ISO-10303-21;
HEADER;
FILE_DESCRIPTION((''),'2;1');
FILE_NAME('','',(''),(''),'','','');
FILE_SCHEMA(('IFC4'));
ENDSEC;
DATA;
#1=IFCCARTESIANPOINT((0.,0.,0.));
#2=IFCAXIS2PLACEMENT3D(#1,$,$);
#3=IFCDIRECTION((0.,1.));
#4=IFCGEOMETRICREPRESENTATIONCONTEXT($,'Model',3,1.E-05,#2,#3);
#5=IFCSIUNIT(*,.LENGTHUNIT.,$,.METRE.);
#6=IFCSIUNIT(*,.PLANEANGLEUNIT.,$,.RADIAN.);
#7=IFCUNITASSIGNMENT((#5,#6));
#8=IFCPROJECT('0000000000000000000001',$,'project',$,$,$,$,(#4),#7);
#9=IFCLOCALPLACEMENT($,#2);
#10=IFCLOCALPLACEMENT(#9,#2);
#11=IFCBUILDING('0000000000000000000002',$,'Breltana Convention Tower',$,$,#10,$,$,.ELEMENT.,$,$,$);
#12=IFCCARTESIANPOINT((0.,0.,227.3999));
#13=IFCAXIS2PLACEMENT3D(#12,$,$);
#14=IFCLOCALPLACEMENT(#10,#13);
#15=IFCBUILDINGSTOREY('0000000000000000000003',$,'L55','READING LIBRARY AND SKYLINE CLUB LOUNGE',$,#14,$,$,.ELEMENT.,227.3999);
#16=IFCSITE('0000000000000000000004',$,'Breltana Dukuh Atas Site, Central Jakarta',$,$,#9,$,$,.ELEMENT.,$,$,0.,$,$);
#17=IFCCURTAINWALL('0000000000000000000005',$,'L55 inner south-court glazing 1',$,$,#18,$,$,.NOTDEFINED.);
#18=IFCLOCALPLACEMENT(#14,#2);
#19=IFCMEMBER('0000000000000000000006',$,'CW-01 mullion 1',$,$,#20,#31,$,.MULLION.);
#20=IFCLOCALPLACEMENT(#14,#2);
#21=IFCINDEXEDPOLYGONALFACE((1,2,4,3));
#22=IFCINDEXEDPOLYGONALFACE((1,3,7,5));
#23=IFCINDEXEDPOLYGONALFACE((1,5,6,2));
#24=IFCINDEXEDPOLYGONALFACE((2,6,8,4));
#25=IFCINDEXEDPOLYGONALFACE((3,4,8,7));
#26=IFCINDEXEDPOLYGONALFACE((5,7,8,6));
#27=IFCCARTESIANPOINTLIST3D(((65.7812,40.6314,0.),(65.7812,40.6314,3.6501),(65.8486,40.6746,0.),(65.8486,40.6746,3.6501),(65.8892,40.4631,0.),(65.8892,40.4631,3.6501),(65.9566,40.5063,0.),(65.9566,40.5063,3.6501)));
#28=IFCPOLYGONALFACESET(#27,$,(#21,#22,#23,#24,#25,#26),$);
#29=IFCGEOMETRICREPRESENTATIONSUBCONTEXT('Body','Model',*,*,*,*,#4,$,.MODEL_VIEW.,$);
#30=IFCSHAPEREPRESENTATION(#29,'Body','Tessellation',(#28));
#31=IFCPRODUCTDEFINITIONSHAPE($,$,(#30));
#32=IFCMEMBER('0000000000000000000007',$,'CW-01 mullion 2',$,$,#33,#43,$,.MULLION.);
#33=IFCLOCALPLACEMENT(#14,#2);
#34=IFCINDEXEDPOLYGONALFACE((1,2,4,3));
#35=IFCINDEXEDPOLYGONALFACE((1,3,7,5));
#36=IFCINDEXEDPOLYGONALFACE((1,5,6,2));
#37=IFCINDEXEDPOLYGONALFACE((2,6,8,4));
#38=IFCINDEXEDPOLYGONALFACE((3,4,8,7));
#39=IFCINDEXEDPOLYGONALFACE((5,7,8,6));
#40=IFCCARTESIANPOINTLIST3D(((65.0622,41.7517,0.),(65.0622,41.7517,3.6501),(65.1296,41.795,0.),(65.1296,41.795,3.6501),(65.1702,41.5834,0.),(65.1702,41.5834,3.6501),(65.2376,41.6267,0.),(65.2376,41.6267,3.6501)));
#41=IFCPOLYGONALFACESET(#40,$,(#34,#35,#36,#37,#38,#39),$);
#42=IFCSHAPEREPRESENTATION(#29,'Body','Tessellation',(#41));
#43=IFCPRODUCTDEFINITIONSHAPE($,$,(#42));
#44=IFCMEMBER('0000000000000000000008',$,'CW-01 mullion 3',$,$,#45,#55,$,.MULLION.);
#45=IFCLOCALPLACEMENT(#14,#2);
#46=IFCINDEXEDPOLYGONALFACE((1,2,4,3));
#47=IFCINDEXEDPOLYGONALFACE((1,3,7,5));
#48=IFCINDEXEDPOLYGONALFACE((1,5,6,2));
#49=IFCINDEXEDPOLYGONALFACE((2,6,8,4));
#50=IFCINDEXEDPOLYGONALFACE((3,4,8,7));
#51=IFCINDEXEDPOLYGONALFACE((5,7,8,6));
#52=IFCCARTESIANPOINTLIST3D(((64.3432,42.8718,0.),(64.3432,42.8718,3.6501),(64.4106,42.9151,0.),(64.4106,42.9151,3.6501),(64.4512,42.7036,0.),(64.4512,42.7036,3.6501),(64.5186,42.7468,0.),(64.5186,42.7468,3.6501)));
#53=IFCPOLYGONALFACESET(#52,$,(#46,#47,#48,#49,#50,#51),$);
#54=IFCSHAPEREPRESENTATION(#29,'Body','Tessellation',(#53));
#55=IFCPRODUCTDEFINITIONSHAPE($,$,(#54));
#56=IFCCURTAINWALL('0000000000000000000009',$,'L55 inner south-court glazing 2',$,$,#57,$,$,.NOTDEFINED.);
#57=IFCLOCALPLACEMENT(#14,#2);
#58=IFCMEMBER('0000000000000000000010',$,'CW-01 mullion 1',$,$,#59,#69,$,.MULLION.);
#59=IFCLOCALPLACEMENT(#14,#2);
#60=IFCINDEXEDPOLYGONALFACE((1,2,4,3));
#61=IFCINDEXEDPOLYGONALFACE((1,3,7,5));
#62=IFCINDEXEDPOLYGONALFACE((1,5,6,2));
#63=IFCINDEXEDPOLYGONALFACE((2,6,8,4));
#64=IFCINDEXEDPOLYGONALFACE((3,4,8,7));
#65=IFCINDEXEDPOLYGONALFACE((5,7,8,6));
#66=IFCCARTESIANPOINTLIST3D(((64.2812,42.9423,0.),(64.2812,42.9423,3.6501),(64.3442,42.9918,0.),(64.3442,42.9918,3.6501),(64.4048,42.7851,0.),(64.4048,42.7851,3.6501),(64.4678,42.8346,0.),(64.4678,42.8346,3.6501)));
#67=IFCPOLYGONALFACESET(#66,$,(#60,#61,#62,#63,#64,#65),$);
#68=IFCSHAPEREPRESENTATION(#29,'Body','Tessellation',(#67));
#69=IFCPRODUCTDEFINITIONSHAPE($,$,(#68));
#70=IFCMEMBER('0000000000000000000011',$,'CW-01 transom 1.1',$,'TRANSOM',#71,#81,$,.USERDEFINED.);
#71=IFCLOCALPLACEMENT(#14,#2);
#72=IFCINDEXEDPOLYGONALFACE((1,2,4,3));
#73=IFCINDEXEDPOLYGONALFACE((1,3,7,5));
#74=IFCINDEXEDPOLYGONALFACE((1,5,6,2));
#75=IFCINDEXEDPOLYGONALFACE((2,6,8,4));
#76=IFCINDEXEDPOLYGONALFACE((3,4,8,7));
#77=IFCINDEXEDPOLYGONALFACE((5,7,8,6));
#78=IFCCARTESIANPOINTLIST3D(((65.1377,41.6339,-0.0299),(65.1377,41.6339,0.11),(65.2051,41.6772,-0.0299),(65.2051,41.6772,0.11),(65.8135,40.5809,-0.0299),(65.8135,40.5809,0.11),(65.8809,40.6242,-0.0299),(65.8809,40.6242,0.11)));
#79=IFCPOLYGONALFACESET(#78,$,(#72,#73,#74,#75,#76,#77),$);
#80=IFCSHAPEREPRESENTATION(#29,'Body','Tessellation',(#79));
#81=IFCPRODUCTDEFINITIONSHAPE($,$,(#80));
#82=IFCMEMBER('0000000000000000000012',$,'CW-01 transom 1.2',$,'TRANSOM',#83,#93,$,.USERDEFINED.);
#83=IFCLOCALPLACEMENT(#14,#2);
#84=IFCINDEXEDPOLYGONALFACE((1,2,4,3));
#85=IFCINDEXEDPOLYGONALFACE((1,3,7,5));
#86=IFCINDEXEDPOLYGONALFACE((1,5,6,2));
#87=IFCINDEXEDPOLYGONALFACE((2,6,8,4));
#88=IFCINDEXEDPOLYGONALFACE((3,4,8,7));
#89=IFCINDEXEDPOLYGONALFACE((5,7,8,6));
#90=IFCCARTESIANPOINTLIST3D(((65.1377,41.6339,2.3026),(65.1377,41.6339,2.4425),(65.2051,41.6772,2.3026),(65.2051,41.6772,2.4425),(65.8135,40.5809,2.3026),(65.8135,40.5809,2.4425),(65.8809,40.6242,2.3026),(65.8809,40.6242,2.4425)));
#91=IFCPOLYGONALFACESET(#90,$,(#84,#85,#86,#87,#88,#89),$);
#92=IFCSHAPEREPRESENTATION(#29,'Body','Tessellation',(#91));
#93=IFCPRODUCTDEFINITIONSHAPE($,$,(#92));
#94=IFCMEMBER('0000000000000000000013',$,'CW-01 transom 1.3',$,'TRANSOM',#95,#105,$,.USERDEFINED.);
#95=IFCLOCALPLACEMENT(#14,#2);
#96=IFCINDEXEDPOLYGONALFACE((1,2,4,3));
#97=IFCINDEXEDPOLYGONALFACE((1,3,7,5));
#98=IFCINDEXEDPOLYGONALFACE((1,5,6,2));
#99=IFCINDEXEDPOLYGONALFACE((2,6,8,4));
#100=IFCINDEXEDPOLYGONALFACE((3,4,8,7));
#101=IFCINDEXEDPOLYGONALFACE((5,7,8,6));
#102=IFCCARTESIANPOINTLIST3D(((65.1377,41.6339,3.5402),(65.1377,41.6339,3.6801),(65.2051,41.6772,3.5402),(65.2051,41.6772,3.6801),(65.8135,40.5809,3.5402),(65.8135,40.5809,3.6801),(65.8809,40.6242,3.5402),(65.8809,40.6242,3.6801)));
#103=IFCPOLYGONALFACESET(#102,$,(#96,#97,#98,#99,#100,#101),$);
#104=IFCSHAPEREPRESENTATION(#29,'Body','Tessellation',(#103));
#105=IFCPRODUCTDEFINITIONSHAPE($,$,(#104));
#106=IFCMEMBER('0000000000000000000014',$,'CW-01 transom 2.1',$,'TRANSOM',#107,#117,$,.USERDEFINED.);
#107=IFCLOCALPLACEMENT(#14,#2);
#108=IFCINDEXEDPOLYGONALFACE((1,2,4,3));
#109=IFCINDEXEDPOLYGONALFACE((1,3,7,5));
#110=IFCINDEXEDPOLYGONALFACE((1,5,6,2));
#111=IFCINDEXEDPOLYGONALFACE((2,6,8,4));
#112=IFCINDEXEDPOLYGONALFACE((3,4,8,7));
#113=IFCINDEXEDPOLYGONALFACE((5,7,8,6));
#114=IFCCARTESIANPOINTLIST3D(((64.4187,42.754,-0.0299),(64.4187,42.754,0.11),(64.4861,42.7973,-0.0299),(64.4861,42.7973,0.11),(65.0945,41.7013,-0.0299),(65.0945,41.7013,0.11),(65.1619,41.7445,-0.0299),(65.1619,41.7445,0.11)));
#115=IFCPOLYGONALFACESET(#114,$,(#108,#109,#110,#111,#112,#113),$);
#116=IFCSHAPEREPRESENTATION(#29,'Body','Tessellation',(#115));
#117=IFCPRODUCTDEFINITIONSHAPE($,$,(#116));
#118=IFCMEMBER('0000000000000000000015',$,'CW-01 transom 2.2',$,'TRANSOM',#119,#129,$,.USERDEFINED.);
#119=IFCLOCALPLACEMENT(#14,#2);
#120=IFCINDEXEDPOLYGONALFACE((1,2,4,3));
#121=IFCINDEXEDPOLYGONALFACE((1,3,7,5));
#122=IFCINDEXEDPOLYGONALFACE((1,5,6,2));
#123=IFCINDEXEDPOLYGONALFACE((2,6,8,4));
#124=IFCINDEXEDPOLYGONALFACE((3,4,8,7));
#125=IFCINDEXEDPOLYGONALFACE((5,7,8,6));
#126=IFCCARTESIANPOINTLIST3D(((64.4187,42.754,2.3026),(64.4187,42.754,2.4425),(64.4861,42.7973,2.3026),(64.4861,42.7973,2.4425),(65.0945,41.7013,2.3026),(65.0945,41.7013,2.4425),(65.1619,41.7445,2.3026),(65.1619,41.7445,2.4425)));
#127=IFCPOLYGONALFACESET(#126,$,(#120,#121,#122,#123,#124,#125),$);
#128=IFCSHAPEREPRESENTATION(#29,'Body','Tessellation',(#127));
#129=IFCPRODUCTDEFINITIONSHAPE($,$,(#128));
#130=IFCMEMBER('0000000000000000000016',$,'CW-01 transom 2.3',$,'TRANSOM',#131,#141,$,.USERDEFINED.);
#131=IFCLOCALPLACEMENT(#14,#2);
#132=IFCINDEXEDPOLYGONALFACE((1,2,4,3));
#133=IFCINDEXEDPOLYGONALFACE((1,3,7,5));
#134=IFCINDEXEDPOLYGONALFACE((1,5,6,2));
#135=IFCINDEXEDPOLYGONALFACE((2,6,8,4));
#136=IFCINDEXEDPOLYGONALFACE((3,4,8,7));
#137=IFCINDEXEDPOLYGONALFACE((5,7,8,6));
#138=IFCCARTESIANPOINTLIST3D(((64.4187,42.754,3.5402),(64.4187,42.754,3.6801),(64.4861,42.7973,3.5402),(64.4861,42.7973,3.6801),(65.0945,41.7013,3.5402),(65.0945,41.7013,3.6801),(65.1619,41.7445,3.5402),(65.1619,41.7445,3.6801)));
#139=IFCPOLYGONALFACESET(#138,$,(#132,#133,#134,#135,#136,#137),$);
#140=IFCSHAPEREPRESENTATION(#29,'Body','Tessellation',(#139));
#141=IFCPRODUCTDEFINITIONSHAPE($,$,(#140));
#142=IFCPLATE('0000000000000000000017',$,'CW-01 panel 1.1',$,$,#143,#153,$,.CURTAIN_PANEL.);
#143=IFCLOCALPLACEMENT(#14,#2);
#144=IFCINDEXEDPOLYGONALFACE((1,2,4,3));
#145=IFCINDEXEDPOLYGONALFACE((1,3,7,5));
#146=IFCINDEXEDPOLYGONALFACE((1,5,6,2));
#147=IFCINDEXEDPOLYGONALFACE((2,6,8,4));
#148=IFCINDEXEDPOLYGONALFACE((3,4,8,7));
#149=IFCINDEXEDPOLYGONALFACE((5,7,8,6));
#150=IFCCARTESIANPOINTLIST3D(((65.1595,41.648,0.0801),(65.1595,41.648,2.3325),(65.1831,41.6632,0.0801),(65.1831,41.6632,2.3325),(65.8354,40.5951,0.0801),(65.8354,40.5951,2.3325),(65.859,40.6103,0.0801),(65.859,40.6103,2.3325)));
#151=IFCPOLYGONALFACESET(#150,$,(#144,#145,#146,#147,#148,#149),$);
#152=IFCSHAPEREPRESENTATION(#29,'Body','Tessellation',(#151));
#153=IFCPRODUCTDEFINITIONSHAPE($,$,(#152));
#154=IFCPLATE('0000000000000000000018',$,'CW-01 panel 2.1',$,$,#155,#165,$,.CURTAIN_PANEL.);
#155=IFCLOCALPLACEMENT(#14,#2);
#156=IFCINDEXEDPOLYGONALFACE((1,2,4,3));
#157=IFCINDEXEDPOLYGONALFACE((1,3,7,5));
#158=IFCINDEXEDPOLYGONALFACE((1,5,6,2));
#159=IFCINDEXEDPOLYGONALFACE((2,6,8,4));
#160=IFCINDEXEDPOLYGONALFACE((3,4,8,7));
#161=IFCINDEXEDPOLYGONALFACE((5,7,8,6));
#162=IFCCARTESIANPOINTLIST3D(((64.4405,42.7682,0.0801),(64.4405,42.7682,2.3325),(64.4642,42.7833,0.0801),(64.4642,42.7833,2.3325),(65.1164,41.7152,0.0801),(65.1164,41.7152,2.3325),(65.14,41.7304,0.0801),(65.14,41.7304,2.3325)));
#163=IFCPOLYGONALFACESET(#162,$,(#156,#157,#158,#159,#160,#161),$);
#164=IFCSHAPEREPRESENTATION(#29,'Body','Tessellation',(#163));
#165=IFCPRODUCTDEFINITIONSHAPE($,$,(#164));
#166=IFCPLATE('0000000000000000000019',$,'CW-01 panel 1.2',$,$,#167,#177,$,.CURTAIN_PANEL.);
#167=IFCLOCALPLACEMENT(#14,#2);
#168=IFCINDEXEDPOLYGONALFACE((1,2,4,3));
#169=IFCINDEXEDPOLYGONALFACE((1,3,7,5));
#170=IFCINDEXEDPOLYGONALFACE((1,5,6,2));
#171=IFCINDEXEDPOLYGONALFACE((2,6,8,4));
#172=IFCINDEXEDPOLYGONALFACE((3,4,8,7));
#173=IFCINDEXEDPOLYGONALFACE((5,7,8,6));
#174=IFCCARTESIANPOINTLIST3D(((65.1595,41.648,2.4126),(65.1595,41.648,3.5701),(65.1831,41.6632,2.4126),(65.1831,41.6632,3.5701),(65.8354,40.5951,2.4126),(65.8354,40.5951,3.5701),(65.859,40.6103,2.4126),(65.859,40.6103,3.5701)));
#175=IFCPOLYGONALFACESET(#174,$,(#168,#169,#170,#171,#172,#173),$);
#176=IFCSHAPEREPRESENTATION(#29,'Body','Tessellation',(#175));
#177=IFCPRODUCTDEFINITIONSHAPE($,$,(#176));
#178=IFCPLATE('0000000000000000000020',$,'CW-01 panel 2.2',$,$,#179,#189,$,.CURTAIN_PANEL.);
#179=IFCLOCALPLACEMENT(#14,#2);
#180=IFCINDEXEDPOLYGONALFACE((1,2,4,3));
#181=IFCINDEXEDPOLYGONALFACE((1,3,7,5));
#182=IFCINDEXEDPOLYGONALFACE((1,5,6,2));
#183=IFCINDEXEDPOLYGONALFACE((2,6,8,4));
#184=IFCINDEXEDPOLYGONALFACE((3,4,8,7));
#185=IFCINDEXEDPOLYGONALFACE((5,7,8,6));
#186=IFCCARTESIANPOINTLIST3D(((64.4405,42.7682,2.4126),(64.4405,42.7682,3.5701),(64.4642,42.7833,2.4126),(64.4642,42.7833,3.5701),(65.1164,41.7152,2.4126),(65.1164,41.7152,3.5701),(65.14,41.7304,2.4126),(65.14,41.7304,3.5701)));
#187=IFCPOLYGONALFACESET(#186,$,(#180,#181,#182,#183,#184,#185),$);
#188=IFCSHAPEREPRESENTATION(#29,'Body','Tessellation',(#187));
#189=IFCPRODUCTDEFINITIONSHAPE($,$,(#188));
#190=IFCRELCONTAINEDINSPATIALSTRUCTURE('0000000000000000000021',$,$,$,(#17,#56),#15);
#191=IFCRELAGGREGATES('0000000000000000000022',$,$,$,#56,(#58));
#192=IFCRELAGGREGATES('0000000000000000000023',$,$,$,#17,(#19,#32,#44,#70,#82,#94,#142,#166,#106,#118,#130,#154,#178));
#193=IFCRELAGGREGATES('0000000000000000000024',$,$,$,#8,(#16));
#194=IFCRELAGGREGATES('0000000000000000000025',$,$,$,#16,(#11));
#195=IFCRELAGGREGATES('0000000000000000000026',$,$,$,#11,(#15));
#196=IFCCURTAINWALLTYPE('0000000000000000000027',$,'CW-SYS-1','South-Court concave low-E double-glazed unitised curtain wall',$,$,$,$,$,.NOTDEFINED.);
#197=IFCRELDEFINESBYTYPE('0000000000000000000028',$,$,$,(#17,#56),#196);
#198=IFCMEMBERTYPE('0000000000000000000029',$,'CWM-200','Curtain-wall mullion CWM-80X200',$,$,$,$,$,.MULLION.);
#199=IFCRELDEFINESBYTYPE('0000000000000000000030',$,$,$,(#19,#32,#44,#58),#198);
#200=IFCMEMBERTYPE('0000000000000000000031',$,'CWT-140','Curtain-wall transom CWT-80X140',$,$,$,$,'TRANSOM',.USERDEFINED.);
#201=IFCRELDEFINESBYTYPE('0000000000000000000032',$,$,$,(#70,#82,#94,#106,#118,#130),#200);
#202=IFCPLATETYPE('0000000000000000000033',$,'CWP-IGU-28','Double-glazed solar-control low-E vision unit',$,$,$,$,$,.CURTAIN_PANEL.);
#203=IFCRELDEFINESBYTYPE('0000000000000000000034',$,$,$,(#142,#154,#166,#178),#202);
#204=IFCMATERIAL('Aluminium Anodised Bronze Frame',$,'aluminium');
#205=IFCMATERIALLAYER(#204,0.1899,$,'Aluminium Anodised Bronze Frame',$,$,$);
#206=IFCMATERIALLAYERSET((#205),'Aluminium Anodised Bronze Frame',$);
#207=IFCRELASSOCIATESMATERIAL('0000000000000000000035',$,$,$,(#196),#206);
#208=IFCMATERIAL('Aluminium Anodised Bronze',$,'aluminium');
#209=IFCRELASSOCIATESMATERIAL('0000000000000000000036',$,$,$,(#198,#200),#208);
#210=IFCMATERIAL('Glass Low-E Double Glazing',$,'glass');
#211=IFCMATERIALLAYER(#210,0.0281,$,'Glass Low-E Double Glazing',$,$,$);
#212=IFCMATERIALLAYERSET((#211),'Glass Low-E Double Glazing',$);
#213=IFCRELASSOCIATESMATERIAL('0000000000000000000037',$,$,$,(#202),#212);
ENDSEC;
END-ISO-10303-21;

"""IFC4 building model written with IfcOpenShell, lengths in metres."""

from ifc_helpers import new_model, si_unit, direction, frame, origin, origin_2d, place, context, subcontext, project, spatial, rectangle, extrude, source, transform, mapped, material, layer, layer_set, material_profile, profile_set, type_object, element, aggregate, save


model = new_model("IFC4")

# Units and contexts
model_context = context("Model", 3, precision=1e-05, world=origin(), true_north=direction((0.0, 1.0)))
body_context = subcontext(model_context, "Body", "Model", "MODEL_VIEW")
ifc_project = project(units=[si_unit("LENGTHUNIT", "METRE"), si_unit("PLANEANGLEUNIT", "RADIAN")], contexts=[model_context])

# Site, building, storey
site_placement = place(None, origin())
site = spatial("IfcSite", under=ifc_project, at=site_placement, Name="Breltana Dukuh Atas Site, Central Jakarta", CompositionType="ELEMENT", RefElevation=0.0)
building_placement = place(site_placement, origin())
building = spatial("IfcBuilding", under=site, at=building_placement, Name="Breltana Convention Tower", CompositionType="ELEMENT")
storey_placement = place(building_placement, frame((0.0, 0.0, 227.3999)))
storey = spatial("IfcBuildingStorey", under=building, at=storey_placement, Name="L55", Description="READING LIBRARY AND SKYLINE CLUB LOUNGE", CompositionType="ELEMENT", Elevation=227.3999)

# Curtain wall, members
ifc_material_1 = material(Name="Aluminium Anodised Bronze Frame", Category="aluminium")
ifc_layer_1 = layer(ifc_material_1, 0.1899, Name="Aluminium Anodised Bronze Frame")
ifc_layer_set_1 = layer_set([ifc_layer_1], Name="Aluminium Anodised Bronze Frame")
curtain_wall_type = type_object("IfcCurtainWallType", Name="CW-SYS-1", Description="South-Court concave low-E double-glazed unitised curtain wall", PredefinedType="NOTDEFINED", material=ifc_layer_set_1)
curtain_wall_1_placement = place(storey_placement, origin())
curtain_wall_1 = element("IfcCurtainWall", 1, at=curtain_wall_1_placement, inside=storey, type_object=curtain_wall_type, Name="L55 inner south-court glazing 1", PredefinedType="NOTDEFINED")
ifc_material_2 = material(Name="Aluminium Anodised Bronze", Category="aluminium")
ifc_material_profile_1 = material_profile(ifc_material_2, rectangle(XDim=0.0801, YDim=0.2, at=origin_2d()), Name="CWM-80X200")
ifc_profile_set_1 = profile_set([ifc_material_profile_1], Name="Aluminium Anodised Bronze")
member_type_1 = type_object("IfcMemberType", Name="CWM-200", Description="Curtain-wall mullion CWM-80X200", PredefinedType="MULLION", material=ifc_profile_set_1)
shared_shape_1 = source(origin(), body_context, "Body", "SweptSolid", [
    extrude(rectangle(XDim=0.0801, YDim=0.2, at=origin_2d()), origin(), (0.0, 0.0, 1.0), 3.6501),
])
member_1_placement = place(storey_placement, frame((65.8689, 40.5688, 0.0), z_axis=(0.0, 0.0, 1.0), x_axis=(-0.841547, -0.540184, 0.0)))
member_1 = element("IfcMember", 2, at=member_1_placement, type_object=member_type_1, Name="CW-01 mullion 1", PredefinedType="MULLION", context=body_context, shape_type="MappedRepresentation", body=[
    mapped(shared_shape_1, transform((0.0, 0.0, 0.0), scale=1.0)),
])
member_2_placement = place(storey_placement, frame((65.1499, 41.6892, 0.0), z_axis=(0.0, 0.0, 1.0), x_axis=(-0.841547, -0.540184, 0.0)))
member_2 = element("IfcMember", 3, at=member_2_placement, type_object=member_type_1, Name="CW-01 mullion 2", PredefinedType="MULLION", context=body_context, shape_type="MappedRepresentation", body=[
    mapped(shared_shape_1, transform((0.0, 0.0, 0.0), scale=1.0)),
])
member_3_placement = place(storey_placement, frame((64.4309, 42.8093, 0.0), z_axis=(0.0, 0.0, 1.0), x_axis=(-0.841547, -0.540184, 0.0)))
member_3 = element("IfcMember", 4, at=member_3_placement, type_object=member_type_1, Name="CW-01 mullion 3", PredefinedType="MULLION", context=body_context, shape_type="MappedRepresentation", body=[
    mapped(shared_shape_1, transform((0.0, 0.0, 0.0), scale=1.0)),
])

# Curtain wall, member
curtain_wall_2_placement = place(storey_placement, origin())
curtain_wall_2 = element("IfcCurtainWall", 5, at=curtain_wall_2_placement, inside=storey, type_object=curtain_wall_type, Name="L55 inner south-court glazing 2", PredefinedType="NOTDEFINED")
member_4_placement = place(storey_placement, frame((64.3745, 42.8884, 0.0), z_axis=(0.0, 0.0, 1.0), x_axis=(-0.786061, -0.61815, 0.0)))
member_4 = element("IfcMember", 6, at=member_4_placement, type_object=member_type_1, Name="CW-01 mullion 1", PredefinedType="MULLION", context=body_context, shape_type="MappedRepresentation", body=[
    mapped(shared_shape_1, transform((0.0, 0.0, 0.0), scale=1.0)),
])
aggregate(curtain_wall_2, [member_4])

# Members
ifc_material_profile_2 = material_profile(ifc_material_2, rectangle(XDim=0.0801, YDim=0.1399, at=origin_2d()), Name="CWT-80X140")
ifc_profile_set_2 = profile_set([ifc_material_profile_2], Name="Aluminium Anodised Bronze")
member_type_2 = type_object("IfcMemberType", Name="CWT-140", Description="Curtain-wall transom CWT-80X140", ElementType="TRANSOM", PredefinedType="USERDEFINED", material=ifc_profile_set_2)
shared_shape_2 = source(origin(), body_context, "Body", "SweptSolid", [
    extrude(rectangle(XDim=0.0801, YDim=0.1399, at=origin_2d()), origin(), (0.0, 0.0, 1.0), 1.2512),
])
member_5_placement = place(storey_placement, frame((65.8472, 40.6025, 0.04), z_axis=(-0.540116, 0.84159, 0.0), x_axis=(-0.84159, -0.540116, 0.0)))
member_5 = element("IfcMember", 7, at=member_5_placement, type_object=member_type_2, Name="CW-01 transom 1.1", ObjectType="TRANSOM", PredefinedType="USERDEFINED", context=body_context, shape_type="MappedRepresentation", body=[
    mapped(shared_shape_2, transform((0.0, 0.0, 0.0), scale=1.0)),
])
member_6_placement = place(storey_placement, frame((65.8472, 40.6025, 2.3726), z_axis=(-0.540116, 0.84159, 0.0), x_axis=(-0.84159, -0.540116, 0.0)))
member_6 = element("IfcMember", 8, at=member_6_placement, type_object=member_type_2, Name="CW-01 transom 1.2", ObjectType="TRANSOM", PredefinedType="USERDEFINED", context=body_context, shape_type="MappedRepresentation", body=[
    mapped(shared_shape_2, transform((0.0, 0.0, 0.0), scale=1.0)),
])
member_7_placement = place(storey_placement, frame((65.8472, 40.6025, 3.6101), z_axis=(-0.540116, 0.84159, 0.0), x_axis=(-0.84159, -0.540116, 0.0)))
member_7 = element("IfcMember", 9, at=member_7_placement, type_object=member_type_2, Name="CW-01 transom 1.3", ObjectType="TRANSOM", PredefinedType="USERDEFINED", context=body_context, shape_type="MappedRepresentation", body=[
    mapped(shared_shape_2, transform((0.0, 0.0, 0.0), scale=1.0)),
])
shared_shape_3 = source(origin(), body_context, "Body", "SweptSolid", [
    extrude(rectangle(XDim=0.0801, YDim=0.1399, at=origin_2d()), origin(), (0.0, 0.0, 1.0), 1.251),
])
member_8_placement = place(storey_placement, frame((65.1282, 41.7229, 0.04), z_axis=(-0.540205, 0.841533, 0.0), x_axis=(-0.841533, -0.540205, 0.0)))
member_8 = element("IfcMember", 10, at=member_8_placement, type_object=member_type_2, Name="CW-01 transom 2.1", ObjectType="TRANSOM", PredefinedType="USERDEFINED", context=body_context, shape_type="MappedRepresentation", body=[
    mapped(shared_shape_3, transform((0.0, 0.0, 0.0), scale=1.0)),
])
member_9_placement = place(storey_placement, frame((65.1282, 41.7229, 2.3726), z_axis=(-0.540205, 0.841533, 0.0), x_axis=(-0.841533, -0.540205, 0.0)))
member_9 = element("IfcMember", 11, at=member_9_placement, type_object=member_type_2, Name="CW-01 transom 2.2", ObjectType="TRANSOM", PredefinedType="USERDEFINED", context=body_context, shape_type="MappedRepresentation", body=[
    mapped(shared_shape_3, transform((0.0, 0.0, 0.0), scale=1.0)),
])
member_10_placement = place(storey_placement, frame((65.1282, 41.7229, 3.6101), z_axis=(-0.540205, 0.841533, 0.0), x_axis=(-0.841533, -0.540205, 0.0)))
member_10 = element("IfcMember", 12, at=member_10_placement, type_object=member_type_2, Name="CW-01 transom 2.3", ObjectType="TRANSOM", PredefinedType="USERDEFINED", context=body_context, shape_type="MappedRepresentation", body=[
    mapped(shared_shape_3, transform((0.0, 0.0, 0.0), scale=1.0)),
])

# Plates
ifc_material_3 = material(Name="Glass Low-E Double Glazing", Category="glass")
ifc_layer_2 = layer(ifc_material_3, 0.0281, Name="Glass Low-E Double Glazing")
ifc_layer_set_2 = layer_set([ifc_layer_2], Name="Glass Low-E Double Glazing")
plate_type = type_object("IfcPlateType", Name="CWP-IGU-28", Description="Double-glazed solar-control low-E vision unit", PredefinedType="CURTAIN_PANEL", material=ifc_layer_set_2)
shared_shape_4 = source(origin(), body_context, "Body", "SweptSolid", [
    extrude(rectangle(XDim=1.2512, YDim=0.0281, at=origin_2d()), origin(), (0.0, 0.0, 1.0), 2.2524),
])
plate_1_placement = place(storey_placement, frame((65.5093, 41.1292, 0.0801), z_axis=(0.0, 0.0, 1.0), x_axis=(-0.540184, 0.841547, 0.0)))
plate_1 = element("IfcPlate", 13, at=plate_1_placement, type_object=plate_type, Name="CW-01 panel 1.1", PredefinedType="CURTAIN_PANEL", context=body_context, shape_type="MappedRepresentation", body=[
    mapped(shared_shape_4, transform((0.0, 0.0, 0.0), scale=1.0)),
])
plate_2_placement = place(storey_placement, frame((64.7903, 42.2493, 0.0801), z_axis=(0.0, 0.0, 1.0), x_axis=(-0.540184, 0.841547, 0.0)))
plate_2 = element("IfcPlate", 14, at=plate_2_placement, type_object=plate_type, Name="CW-01 panel 2.1", PredefinedType="CURTAIN_PANEL", context=body_context, shape_type="MappedRepresentation", body=[
    mapped(shared_shape_4, transform((0.0, 0.0, 0.0), scale=1.0)),
])
shared_shape_5 = source(origin(), body_context, "Body", "SweptSolid", [
    extrude(rectangle(XDim=1.2512, YDim=0.0281, at=origin_2d()), origin(), (0.0, 0.0, 1.0), 1.1575),
])
plate_3_placement = place(storey_placement, frame((65.5093, 41.1292, 2.4126), z_axis=(0.0, 0.0, 1.0), x_axis=(-0.540184, 0.841547, 0.0)))
plate_3 = element("IfcPlate", 15, at=plate_3_placement, type_object=plate_type, Name="CW-01 panel 1.2", PredefinedType="CURTAIN_PANEL", context=body_context, shape_type="MappedRepresentation", body=[
    mapped(shared_shape_5, transform((0.0, 0.0, 0.0), scale=1.0)),
])
plate_4_placement = place(storey_placement, frame((64.7903, 42.2493, 2.4126), z_axis=(0.0, 0.0, 1.0), x_axis=(-0.540184, 0.841547, 0.0)))
plate_4 = element("IfcPlate", 16, at=plate_4_placement, type_object=plate_type, Name="CW-01 panel 2.2", PredefinedType="CURTAIN_PANEL", context=body_context, shape_type="MappedRepresentation", body=[
    mapped(shared_shape_5, transform((0.0, 0.0, 0.0), scale=1.0)),
])
aggregate(curtain_wall_1, [member_1, member_2, member_3, member_5, member_6, member_7, plate_1, plate_3, member_8, member_9, member_10, plate_2, plate_4])

save(model, "model.ifc")
